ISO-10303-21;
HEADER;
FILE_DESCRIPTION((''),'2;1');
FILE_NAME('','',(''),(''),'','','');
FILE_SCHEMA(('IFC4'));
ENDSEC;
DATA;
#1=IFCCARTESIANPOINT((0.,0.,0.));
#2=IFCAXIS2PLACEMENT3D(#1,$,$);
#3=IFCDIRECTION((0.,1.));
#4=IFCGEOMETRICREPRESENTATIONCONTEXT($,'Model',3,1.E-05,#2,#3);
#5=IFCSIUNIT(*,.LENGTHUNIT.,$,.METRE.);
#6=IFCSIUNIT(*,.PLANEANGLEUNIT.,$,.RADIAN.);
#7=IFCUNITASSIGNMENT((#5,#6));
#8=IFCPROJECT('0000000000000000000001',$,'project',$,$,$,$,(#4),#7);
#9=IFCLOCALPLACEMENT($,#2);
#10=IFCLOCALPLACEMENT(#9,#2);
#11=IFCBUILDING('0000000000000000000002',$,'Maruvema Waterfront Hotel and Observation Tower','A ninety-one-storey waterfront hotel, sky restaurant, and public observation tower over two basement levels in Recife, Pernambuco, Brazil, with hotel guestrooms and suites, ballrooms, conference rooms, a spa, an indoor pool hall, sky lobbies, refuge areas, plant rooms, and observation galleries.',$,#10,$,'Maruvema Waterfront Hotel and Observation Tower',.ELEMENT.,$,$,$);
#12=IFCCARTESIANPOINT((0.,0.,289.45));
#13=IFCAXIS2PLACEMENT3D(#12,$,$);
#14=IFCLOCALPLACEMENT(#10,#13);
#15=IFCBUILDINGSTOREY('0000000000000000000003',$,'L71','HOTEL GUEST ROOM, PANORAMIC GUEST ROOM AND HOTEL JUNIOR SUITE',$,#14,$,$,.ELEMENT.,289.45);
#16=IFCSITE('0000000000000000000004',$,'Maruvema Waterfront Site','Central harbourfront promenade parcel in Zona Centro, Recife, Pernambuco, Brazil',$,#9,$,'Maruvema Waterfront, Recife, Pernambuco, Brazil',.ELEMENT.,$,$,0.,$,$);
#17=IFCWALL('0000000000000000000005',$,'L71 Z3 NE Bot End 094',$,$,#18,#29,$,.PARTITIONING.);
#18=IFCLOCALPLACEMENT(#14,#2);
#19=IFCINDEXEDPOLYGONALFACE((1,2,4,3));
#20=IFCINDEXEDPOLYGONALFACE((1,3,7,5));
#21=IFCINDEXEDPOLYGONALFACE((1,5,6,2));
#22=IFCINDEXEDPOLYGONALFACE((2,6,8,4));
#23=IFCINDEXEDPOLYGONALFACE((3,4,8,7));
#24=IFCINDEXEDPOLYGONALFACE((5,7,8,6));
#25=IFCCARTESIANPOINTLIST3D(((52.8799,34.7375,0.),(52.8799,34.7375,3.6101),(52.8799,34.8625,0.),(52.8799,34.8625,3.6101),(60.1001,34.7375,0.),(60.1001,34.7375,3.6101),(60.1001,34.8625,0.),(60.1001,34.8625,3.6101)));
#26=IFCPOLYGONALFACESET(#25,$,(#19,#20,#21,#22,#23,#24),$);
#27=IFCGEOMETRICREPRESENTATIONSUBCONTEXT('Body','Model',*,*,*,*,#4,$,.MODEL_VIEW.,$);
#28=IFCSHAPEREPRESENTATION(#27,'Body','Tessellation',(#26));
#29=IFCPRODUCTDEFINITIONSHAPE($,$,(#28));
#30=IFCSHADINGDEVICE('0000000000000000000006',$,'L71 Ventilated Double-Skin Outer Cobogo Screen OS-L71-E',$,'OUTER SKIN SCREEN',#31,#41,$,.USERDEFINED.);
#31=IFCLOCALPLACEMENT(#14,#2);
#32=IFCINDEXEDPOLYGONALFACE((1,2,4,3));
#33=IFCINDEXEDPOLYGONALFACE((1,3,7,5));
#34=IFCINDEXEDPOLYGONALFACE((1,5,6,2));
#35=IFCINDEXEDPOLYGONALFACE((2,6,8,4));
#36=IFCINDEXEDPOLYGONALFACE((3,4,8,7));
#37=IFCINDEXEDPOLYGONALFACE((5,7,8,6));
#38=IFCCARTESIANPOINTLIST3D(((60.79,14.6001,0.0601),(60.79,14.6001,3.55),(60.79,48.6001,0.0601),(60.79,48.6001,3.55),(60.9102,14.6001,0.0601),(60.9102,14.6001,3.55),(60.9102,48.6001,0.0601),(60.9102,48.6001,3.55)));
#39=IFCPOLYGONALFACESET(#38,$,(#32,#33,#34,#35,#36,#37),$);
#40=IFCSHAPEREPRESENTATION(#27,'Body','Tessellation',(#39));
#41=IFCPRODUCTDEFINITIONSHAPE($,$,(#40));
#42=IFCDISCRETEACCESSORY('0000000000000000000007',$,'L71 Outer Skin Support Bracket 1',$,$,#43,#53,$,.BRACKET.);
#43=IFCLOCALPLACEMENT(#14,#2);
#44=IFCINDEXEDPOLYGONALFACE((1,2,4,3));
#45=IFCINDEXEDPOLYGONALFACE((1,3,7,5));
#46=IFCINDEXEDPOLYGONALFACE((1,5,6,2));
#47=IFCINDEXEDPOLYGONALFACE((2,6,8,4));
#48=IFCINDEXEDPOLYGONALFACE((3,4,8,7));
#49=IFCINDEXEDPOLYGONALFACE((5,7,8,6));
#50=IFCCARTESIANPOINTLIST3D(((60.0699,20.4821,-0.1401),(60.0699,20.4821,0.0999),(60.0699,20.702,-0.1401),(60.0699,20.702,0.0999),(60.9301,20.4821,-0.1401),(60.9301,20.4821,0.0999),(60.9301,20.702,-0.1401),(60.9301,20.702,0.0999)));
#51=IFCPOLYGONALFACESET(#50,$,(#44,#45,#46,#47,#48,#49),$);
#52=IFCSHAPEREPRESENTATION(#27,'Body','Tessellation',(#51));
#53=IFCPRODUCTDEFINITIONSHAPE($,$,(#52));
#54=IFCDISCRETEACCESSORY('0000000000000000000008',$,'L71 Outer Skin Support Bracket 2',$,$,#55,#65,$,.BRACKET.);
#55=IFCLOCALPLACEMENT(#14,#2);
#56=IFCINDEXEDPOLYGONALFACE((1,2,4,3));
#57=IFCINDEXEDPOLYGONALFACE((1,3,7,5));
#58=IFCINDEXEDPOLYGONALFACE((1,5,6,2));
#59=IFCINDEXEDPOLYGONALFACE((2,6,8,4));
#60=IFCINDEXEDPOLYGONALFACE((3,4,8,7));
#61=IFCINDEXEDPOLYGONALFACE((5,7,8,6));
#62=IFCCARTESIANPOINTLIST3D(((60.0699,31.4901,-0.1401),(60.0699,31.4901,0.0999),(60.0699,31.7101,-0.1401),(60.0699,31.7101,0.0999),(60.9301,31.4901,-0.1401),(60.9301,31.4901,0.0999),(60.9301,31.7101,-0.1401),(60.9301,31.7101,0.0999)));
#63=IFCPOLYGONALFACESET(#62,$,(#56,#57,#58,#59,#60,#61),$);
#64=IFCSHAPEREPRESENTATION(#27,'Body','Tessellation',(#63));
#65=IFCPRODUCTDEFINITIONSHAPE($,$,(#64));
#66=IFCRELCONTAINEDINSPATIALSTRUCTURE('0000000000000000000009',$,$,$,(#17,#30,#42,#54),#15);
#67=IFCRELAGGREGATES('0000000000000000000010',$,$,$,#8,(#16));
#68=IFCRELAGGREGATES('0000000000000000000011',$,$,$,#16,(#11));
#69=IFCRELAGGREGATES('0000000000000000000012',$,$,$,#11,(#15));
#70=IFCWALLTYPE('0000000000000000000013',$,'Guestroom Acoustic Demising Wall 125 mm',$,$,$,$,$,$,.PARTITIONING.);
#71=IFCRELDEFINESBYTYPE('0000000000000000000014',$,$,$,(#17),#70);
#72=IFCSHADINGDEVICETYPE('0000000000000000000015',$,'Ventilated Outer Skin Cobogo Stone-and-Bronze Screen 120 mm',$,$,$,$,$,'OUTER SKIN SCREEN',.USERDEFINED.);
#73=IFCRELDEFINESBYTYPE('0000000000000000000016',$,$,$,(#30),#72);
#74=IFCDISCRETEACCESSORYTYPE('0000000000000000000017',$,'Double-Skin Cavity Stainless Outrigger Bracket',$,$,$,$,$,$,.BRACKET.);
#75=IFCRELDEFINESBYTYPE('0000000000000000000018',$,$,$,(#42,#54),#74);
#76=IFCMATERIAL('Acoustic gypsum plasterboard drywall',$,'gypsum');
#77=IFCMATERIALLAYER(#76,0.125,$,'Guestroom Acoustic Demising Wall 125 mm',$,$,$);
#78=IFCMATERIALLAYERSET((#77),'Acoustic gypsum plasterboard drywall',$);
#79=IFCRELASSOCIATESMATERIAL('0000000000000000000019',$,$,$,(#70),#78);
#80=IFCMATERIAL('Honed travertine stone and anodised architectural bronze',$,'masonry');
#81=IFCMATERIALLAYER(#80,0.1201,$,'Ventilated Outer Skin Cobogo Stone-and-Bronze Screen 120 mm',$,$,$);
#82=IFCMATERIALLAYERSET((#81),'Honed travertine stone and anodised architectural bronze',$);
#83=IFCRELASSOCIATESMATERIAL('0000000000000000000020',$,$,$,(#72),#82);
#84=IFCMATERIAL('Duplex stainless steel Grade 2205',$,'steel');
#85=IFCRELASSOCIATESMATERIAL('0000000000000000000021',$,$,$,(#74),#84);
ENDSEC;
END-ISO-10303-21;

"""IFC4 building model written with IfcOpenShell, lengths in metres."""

from ifc_helpers import new_model, si_unit, direction, frame, frame_2d, origin, origin_2d, place, context, subcontext, project, spatial, rectangle, extrude, material, layer, layer_set, type_object, element, save


model = new_model("IFC4")

# Units and contexts
model_context = context("Model", 3, precision=1e-05, world=origin(), true_north=direction((0.0, 1.0)))
body_context = subcontext(model_context, "Body", "Model", "MODEL_VIEW")
ifc_project = project(units=[si_unit("LENGTHUNIT", "METRE"), si_unit("PLANEANGLEUNIT", "RADIAN")], contexts=[model_context])

# Site, building, storey
site_placement = place(None, origin())
site = spatial("IfcSite", under=ifc_project, at=site_placement, Name="Maruvema Waterfront Site", Description="Central harbourfront promenade parcel in Zona Centro, Recife, Pernambuco, Brazil", LongName="Maruvema Waterfront, Recife, Pernambuco, Brazil", CompositionType="ELEMENT", RefElevation=0.0)
building_placement = place(site_placement, origin())
building = spatial("IfcBuilding", under=site, at=building_placement, Name="Maruvema Waterfront Hotel and Observation Tower", Description="A ninety-one-storey waterfront hotel, sky restaurant, and public observation tower over two basement levels in Recife, Pernambuco, Brazil, with hotel guestrooms and suites, ballrooms, conference rooms, a spa, an indoor pool hall, sky lobbies, refuge areas, plant rooms, and observation galleries.", LongName="Maruvema Waterfront Hotel and Observation Tower", CompositionType="ELEMENT")
storey_placement = place(building_placement, frame((0.0, 0.0, 289.45)))
storey = spatial("IfcBuildingStorey", under=building, at=storey_placement, Name="L71", Description="HOTEL GUEST ROOM, PANORAMIC GUEST ROOM AND HOTEL JUNIOR SUITE", CompositionType="ELEMENT", Elevation=289.45)

# Wall
ifc_material_1 = material(Name="Acoustic gypsum plasterboard drywall", Category="gypsum")
ifc_layer_1 = layer(ifc_material_1, 0.125, Name="Guestroom Acoustic Demising Wall 125 mm")
ifc_layer_set_1 = layer_set([ifc_layer_1], Name="Acoustic gypsum plasterboard drywall")
wall_type_1 = type_object("IfcWallType", Name="Guestroom Acoustic Demising Wall 125 mm", PredefinedType="PARTITIONING", material=ifc_layer_set_1)
wall_1_placement = place(storey_placement, frame((52.8799, 34.8, 0.0), z_axis=(0.0, 0.0, 1.0), x_axis=(1.0, 0.0, 0.0)))
element("IfcWall", 1, at=wall_1_placement, inside=storey, type_object=wall_type_1, Name="L71 Z3 NE Bot End 094", PredefinedType="PARTITIONING", context=body_context, shape_type="SweptSolid", body=[
    extrude(rectangle(XDim=7.2202, YDim=0.125, at=frame_2d((3.6101, 0.0))), origin(), (0.0, 0.0, 1.0), 3.6101),
])

# Shading device
ifc_material_2 = material(Name="Honed travertine stone and anodised architectural bronze", Category="masonry")
ifc_layer_2 = layer(ifc_material_2, 0.1201, Name="Ventilated Outer Skin Cobogo Stone-and-Bronze Screen 120 mm")
ifc_layer_set_2 = layer_set([ifc_layer_2], Name="Honed travertine stone and anodised architectural bronze")
shading_device_type = type_object("IfcShadingDeviceType", Name="Ventilated Outer Skin Cobogo Stone-and-Bronze Screen 120 mm", ElementType="OUTER SKIN SCREEN", PredefinedType="USERDEFINED", material=ifc_layer_set_2)
shading_device_placement = place(storey_placement, frame((60.8501, 31.6001, 0.0601), z_axis=(0.0, 0.0, 1.0), x_axis=(0.0, 1.0, 0.0)))
element("IfcShadingDevice", 2, at=shading_device_placement, inside=storey, type_object=shading_device_type, Name="L71 Ventilated Double-Skin Outer Cobogo Screen OS-L71-E", ObjectType="OUTER SKIN SCREEN", PredefinedType="USERDEFINED", context=body_context, shape_type="SweptSolid", body=[
    extrude(rectangle(XDim=34.0, YDim=0.1201, at=origin_2d()), origin(), (0.0, 0.0, 1.0), 3.49),
])

# Discrete accessories
ifc_material_3 = material(Name="Duplex stainless steel Grade 2205", Category="steel")
discrete_accessory_type = type_object("IfcDiscreteAccessoryType", Name="Double-Skin Cavity Stainless Outrigger Bracket", PredefinedType="BRACKET", material=ifc_material_3)
for number, where, z_axis, x_axis, name in (
    (3, (60.5, 20.592, -0.1401), (0.0, 0.0, 1.0), (0.0, 1.0, 0.0), "L71 Outer Skin Support Bracket 1"),
    (4, (60.5, 31.6001, -0.1401), (0.0, 0.0, 1.0), (0.0, 1.0, 0.0), "L71 Outer Skin Support Bracket 2"),
):
    element("IfcDiscreteAccessory", number, at=place(storey_placement, frame(where, z_axis=z_axis, x_axis=x_axis)), inside=storey, type_object=discrete_accessory_type, Name=name, PredefinedType="BRACKET", context=body_context, shape_type="SweptSolid", body=[
        extrude(rectangle(XDim=0.22, YDim=0.8601, at=origin_2d()), origin(), (0.0, 0.0, 1.0), 0.24),
    ])

save(model, "model.ifc")
